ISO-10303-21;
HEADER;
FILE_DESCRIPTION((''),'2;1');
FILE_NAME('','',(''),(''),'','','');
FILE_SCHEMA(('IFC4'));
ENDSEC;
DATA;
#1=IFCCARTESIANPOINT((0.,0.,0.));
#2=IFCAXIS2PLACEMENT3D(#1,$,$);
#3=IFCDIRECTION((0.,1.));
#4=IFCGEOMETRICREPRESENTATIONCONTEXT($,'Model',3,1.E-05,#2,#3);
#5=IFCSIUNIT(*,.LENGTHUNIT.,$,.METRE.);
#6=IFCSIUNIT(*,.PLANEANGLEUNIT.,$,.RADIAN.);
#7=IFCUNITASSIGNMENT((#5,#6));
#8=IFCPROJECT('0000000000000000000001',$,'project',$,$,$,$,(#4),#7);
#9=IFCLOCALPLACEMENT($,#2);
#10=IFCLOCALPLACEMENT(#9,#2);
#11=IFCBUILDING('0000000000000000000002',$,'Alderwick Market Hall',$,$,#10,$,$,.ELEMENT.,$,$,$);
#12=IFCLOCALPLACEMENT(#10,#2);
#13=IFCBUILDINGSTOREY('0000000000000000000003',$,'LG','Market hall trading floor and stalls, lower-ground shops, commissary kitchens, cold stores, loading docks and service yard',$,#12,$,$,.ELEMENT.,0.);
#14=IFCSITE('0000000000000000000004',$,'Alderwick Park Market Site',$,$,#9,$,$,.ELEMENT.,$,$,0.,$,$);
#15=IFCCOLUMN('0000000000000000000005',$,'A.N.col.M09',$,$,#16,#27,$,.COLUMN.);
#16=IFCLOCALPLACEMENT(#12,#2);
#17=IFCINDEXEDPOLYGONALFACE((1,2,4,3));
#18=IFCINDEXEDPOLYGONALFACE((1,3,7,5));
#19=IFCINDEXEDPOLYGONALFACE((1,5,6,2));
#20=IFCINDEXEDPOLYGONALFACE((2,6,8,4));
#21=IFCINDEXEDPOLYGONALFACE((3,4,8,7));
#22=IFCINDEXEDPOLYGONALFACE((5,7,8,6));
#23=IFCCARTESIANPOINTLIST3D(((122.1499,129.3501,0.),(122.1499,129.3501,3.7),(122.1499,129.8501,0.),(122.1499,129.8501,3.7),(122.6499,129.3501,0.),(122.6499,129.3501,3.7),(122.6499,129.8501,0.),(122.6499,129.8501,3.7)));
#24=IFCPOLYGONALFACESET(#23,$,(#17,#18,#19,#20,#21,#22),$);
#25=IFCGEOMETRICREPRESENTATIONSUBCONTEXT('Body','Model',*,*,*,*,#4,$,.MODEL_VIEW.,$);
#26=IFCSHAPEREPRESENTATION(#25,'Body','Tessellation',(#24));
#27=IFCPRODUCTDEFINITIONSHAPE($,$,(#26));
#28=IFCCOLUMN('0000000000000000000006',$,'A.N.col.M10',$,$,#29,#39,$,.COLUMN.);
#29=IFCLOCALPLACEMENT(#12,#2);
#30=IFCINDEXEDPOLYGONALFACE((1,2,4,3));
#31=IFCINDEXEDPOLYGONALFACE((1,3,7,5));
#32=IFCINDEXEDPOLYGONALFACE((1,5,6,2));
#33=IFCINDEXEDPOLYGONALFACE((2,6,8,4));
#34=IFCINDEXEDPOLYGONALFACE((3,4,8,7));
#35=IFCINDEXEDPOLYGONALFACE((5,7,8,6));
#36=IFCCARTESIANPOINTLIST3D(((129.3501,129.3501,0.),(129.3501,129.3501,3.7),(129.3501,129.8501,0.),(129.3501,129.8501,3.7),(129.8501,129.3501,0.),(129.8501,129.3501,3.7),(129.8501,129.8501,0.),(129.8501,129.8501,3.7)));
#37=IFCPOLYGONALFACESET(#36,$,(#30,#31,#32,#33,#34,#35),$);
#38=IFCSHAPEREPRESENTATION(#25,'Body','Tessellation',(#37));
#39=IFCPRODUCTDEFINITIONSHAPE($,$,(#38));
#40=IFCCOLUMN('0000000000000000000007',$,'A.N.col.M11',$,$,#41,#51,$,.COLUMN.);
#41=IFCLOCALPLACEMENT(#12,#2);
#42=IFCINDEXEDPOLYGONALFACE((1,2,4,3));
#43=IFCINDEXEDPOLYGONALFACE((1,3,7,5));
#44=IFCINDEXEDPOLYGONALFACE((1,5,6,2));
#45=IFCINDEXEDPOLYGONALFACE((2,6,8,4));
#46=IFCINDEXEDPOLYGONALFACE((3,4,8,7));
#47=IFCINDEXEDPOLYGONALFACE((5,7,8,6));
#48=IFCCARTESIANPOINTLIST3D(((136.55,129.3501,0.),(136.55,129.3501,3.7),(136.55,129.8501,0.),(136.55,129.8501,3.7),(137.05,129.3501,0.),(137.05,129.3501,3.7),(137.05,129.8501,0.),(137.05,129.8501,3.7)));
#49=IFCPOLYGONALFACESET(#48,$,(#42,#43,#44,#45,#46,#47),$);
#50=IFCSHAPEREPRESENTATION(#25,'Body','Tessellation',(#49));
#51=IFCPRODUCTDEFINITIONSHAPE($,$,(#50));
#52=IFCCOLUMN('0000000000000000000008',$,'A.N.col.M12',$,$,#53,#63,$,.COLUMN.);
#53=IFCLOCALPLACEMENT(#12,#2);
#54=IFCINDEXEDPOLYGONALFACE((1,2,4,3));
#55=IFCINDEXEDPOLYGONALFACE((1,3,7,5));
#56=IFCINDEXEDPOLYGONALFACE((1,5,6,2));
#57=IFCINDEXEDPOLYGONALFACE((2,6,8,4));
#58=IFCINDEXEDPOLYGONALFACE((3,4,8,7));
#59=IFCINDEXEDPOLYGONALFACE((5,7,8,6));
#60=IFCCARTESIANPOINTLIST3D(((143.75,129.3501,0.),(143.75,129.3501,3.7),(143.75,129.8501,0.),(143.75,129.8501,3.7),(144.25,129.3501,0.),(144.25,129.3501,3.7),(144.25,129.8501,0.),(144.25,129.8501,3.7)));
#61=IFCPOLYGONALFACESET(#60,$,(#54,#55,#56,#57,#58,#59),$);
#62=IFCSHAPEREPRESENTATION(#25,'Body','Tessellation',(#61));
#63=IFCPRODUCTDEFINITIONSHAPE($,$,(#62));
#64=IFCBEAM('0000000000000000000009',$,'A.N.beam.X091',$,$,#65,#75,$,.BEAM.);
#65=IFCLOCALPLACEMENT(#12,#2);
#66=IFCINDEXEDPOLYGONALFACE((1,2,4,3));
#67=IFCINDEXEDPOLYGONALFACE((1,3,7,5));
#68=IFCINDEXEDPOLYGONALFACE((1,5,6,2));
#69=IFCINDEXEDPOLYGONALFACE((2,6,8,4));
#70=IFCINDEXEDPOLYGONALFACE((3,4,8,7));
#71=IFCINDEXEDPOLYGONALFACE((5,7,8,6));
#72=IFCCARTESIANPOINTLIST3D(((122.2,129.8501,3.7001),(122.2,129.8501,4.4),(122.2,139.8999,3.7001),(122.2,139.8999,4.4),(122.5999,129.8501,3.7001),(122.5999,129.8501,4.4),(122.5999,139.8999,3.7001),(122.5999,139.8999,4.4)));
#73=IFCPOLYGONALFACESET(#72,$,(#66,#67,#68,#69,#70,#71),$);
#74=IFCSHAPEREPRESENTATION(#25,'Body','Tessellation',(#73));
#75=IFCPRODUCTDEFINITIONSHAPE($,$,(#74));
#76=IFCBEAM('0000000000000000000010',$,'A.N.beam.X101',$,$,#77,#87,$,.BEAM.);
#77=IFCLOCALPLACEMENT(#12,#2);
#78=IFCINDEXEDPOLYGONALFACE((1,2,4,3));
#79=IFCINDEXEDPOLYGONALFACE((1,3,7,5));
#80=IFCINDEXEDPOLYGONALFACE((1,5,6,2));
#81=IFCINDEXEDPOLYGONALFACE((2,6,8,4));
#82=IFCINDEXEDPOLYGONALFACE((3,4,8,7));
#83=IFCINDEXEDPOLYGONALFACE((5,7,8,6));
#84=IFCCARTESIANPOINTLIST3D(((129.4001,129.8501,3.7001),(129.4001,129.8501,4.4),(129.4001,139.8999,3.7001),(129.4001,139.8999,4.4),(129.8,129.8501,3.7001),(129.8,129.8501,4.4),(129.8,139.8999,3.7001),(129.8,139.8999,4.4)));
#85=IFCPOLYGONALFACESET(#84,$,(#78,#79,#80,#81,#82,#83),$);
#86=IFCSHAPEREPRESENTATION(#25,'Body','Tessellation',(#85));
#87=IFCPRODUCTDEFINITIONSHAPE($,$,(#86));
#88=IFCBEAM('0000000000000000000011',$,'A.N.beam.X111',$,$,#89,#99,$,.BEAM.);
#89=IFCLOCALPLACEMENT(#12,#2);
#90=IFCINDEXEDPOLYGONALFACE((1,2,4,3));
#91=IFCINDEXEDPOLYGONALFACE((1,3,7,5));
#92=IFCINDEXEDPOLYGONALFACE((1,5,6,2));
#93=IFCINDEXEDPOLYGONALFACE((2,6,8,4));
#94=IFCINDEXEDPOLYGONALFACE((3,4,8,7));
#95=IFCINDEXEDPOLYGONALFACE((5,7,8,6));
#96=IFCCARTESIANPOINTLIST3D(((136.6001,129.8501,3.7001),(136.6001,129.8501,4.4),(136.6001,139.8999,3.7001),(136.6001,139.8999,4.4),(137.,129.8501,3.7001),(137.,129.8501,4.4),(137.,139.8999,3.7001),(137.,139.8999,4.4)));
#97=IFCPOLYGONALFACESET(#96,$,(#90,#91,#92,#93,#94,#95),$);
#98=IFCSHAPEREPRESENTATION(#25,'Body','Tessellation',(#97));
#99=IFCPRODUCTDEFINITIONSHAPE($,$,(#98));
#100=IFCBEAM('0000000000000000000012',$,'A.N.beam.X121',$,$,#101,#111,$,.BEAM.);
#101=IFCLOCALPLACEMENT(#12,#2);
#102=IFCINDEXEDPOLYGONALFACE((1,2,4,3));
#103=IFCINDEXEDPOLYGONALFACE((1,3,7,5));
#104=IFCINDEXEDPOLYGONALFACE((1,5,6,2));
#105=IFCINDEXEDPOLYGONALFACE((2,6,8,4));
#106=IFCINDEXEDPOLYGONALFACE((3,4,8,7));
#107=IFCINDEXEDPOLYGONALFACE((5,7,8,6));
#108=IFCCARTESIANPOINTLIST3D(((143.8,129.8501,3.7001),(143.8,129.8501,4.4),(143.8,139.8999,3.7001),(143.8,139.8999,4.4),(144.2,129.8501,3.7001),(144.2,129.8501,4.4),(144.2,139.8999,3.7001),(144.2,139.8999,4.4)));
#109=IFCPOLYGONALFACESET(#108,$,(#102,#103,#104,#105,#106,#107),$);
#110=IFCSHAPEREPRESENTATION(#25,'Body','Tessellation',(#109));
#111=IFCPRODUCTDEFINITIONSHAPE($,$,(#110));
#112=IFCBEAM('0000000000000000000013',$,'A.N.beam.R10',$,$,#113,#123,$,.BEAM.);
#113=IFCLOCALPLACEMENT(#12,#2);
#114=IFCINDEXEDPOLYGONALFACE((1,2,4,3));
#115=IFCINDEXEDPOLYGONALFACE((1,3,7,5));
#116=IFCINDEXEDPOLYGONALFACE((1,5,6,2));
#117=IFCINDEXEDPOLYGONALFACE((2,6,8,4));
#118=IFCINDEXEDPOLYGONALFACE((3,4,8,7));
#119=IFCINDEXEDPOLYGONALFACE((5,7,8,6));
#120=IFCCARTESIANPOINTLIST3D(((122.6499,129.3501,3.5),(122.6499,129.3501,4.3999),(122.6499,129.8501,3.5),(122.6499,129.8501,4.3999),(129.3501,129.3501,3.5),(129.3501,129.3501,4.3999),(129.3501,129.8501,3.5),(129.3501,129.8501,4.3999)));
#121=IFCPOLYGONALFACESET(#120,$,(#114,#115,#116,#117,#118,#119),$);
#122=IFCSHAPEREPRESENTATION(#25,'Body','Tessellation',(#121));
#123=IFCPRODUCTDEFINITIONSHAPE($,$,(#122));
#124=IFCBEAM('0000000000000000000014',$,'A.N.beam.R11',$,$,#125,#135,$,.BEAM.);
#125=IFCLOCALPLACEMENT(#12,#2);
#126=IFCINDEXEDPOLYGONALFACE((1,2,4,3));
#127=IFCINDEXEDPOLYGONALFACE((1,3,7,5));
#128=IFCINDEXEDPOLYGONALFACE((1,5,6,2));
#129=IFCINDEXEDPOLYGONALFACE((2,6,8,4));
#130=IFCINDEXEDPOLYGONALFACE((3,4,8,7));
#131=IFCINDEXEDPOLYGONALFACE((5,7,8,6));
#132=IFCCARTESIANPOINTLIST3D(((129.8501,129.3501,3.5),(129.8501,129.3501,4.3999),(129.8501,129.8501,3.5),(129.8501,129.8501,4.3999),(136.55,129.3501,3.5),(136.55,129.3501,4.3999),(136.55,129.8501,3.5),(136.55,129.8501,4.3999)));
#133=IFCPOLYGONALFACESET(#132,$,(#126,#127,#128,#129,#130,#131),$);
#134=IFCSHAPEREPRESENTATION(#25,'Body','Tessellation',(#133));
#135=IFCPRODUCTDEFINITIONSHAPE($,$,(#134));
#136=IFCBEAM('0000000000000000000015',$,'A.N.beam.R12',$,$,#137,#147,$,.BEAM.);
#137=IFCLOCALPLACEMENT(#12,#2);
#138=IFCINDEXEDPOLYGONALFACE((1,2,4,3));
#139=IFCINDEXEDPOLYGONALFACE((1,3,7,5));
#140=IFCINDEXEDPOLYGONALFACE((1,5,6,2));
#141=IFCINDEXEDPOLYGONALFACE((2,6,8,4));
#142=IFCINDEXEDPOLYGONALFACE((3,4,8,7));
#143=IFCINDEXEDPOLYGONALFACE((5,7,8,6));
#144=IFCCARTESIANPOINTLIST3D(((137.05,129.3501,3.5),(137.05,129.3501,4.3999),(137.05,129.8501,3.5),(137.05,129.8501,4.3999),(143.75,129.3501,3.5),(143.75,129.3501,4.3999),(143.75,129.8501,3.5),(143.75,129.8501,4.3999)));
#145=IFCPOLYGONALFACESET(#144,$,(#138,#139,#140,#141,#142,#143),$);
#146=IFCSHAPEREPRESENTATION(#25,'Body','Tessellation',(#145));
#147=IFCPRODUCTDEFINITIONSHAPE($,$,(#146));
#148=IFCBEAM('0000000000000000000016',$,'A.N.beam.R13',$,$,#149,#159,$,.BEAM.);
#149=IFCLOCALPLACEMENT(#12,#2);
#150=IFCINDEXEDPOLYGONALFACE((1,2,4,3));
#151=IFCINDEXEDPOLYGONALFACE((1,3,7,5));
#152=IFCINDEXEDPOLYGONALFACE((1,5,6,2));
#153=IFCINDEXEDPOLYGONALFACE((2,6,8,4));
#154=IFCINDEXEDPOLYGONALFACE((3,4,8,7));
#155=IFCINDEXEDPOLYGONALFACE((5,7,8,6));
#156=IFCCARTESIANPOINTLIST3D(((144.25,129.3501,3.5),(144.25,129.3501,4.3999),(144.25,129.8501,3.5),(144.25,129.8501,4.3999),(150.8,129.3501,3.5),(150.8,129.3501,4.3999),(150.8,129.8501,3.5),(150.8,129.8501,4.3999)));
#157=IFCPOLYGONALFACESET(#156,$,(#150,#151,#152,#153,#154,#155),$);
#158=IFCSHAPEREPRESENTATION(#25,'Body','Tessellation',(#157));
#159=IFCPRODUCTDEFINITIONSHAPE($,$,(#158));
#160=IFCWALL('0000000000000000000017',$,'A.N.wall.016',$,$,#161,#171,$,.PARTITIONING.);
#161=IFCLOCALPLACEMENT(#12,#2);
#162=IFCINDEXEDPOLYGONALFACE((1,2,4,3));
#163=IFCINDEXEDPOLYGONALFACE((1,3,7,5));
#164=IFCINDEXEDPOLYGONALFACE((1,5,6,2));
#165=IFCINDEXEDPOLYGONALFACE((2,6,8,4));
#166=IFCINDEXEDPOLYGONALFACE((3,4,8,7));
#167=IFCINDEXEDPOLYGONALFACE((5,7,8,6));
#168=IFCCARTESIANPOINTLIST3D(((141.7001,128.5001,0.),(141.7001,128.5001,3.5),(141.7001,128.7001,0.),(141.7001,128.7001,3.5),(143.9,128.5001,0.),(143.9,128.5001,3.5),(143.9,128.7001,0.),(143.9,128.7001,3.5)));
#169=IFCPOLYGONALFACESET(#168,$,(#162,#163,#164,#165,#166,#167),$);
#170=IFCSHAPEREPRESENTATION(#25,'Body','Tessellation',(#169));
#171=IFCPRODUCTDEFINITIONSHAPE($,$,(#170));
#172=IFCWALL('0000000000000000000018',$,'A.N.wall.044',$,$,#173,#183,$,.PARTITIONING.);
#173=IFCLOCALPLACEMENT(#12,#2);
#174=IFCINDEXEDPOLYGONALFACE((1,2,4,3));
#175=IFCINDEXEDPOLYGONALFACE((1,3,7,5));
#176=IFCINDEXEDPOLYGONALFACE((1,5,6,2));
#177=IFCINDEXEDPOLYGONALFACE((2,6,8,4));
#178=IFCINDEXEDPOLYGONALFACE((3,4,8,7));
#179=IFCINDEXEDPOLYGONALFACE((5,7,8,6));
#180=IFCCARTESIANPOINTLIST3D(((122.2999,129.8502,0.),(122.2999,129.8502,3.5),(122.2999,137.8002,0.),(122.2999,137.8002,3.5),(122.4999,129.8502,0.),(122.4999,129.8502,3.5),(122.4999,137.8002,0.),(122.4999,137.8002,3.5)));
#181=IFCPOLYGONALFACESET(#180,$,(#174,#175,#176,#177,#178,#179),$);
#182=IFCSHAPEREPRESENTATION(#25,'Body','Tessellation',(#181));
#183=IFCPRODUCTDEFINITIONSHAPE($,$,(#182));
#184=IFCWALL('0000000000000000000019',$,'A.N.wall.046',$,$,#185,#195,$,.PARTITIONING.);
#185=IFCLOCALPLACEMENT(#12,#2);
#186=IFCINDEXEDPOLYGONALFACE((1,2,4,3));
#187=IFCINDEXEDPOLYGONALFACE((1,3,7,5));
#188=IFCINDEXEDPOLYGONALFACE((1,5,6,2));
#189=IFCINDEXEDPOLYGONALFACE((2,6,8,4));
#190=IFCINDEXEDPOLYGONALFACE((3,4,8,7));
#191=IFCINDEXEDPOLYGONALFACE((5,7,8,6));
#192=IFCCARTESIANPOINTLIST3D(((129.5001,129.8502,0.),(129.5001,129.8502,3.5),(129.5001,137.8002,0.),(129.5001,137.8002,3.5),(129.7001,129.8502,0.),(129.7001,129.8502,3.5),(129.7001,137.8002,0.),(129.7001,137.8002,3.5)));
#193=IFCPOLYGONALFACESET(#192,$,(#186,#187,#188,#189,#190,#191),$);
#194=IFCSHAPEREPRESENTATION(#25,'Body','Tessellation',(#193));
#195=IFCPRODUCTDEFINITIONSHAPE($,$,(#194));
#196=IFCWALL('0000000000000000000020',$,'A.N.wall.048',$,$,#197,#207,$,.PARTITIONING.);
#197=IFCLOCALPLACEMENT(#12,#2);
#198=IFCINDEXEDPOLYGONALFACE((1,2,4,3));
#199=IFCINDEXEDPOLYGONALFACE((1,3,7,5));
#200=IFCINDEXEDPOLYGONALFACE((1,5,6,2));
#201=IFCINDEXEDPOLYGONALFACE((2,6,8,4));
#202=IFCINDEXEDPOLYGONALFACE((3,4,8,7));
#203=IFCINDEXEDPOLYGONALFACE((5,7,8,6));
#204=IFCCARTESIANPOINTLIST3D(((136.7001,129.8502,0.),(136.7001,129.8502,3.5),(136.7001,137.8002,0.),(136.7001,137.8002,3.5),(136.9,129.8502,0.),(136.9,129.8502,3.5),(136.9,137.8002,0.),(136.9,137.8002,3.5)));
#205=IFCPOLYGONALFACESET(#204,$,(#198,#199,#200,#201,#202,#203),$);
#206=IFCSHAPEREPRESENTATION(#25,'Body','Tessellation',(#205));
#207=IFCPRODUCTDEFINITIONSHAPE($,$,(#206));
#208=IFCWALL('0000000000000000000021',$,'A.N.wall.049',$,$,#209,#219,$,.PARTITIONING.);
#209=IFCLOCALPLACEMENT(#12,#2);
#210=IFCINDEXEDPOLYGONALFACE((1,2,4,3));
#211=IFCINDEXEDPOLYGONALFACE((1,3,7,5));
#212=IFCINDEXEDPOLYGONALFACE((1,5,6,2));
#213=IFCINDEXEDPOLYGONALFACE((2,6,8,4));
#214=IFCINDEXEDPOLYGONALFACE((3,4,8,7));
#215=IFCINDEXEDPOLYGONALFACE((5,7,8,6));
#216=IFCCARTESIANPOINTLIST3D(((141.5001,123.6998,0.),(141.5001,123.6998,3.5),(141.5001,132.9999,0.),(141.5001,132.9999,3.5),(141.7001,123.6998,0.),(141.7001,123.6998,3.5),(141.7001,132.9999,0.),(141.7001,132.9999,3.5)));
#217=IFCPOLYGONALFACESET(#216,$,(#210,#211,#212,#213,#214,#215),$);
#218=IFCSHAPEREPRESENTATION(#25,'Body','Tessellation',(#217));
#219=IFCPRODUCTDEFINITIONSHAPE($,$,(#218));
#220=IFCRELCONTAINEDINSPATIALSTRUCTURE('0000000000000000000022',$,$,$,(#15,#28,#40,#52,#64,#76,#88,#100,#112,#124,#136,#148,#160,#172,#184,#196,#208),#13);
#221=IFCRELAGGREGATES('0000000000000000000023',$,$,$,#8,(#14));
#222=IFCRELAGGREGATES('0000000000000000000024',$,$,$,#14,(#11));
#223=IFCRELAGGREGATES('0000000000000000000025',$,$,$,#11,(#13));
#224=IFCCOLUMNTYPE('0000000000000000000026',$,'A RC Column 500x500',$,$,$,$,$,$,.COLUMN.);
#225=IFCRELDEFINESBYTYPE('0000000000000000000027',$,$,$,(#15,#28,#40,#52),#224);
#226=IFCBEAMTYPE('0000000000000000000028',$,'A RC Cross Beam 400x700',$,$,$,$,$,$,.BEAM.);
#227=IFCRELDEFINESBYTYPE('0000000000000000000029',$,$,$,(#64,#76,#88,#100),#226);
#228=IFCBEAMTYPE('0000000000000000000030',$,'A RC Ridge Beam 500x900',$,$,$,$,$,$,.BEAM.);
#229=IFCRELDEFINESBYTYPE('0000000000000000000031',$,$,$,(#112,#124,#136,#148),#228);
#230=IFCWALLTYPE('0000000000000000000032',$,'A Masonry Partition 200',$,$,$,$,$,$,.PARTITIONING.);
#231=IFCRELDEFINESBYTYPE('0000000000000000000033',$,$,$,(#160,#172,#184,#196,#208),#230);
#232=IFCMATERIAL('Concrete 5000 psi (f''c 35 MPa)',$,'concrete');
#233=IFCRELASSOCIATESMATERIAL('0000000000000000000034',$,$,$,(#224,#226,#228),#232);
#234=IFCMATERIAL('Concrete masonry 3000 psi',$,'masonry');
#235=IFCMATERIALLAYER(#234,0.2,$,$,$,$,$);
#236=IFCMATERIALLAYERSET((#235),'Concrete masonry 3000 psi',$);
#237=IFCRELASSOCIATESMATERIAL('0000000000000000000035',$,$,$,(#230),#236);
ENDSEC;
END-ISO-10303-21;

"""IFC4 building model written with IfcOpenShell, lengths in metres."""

from ifc_helpers import new_model, si_unit, direction, frame, frame_2d, origin, origin_2d, place, context, subcontext, project, spatial, rectangle, extrude, material, layer, layer_set, material_profile, profile_set, type_object, element, save


model = new_model("IFC4")

# Units and contexts
model_context = context("Model", 3, precision=1e-05, world=origin(), true_north=direction((0.0, 1.0)))
body_context = subcontext(model_context, "Body", "Model", "MODEL_VIEW")
ifc_project = project(units=[si_unit("LENGTHUNIT", "METRE"), si_unit("PLANEANGLEUNIT", "RADIAN")], contexts=[model_context])

# Site, building, storey
site_placement = place(None, origin())
site = spatial("IfcSite", under=ifc_project, at=site_placement, Name="Alderwick Park Market Site", CompositionType="ELEMENT", RefElevation=0.0)
building_placement = place(site_placement, origin())
building = spatial("IfcBuilding", under=site, at=building_placement, Name="Alderwick Market Hall", CompositionType="ELEMENT")
storey_placement = place(building_placement, origin())
storey = spatial("IfcBuildingStorey", under=building, at=storey_placement, Name="LG", Description="Market hall trading floor and stalls, lower-ground shops, commissary kitchens, cold stores, loading docks and service yard", CompositionType="ELEMENT", Elevation=0.0)

# Columns
ifc_material_1 = material(Name="Concrete 5000 psi (f'c 35 MPa)", Category="concrete")
ifc_material_profile_1 = material_profile(ifc_material_1, rectangle(XDim=0.5, YDim=0.5, at=origin_2d()), Name="A RC Column 500x500")
ifc_profile_set_1 = profile_set([ifc_material_profile_1], Name="Concrete 5000 psi (f'c 35 MPa)")
column_type = type_object("IfcColumnType", Name="A RC Column 500x500", PredefinedType="COLUMN", material=ifc_profile_set_1)
for number, where, z_axis, x_axis, name in (
    (1, (122.3999, 129.6001, 0.0), (0.0, 0.0, 1.0), (1.0, 0.0, 0.0), "A.N.col.M09"),
    (2, (129.6001, 129.6001, 0.0), (0.0, 0.0, 1.0), (1.0, 0.0, 0.0), "A.N.col.M10"),
    (3, (136.8, 129.6001, 0.0), (0.0, 0.0, 1.0), (1.0, 0.0, 0.0), "A.N.col.M11"),
    (4, (144.0, 129.6001, 0.0), (0.0, 0.0, 1.0), (1.0, 0.0, 0.0), "A.N.col.M12"),
):
    element("IfcColumn", number, at=place(storey_placement, frame(where, z_axis=z_axis, x_axis=x_axis)), inside=storey, type_object=column_type, Name=name, PredefinedType="COLUMN", context=body_context, shape_type="SweptSolid", body=[
        extrude(rectangle(XDim=0.5, YDim=0.5, at=origin_2d()), origin(), (0.0, 0.0, 1.0), 3.7),
    ])

# Beams
ifc_material_profile_2 = material_profile(ifc_material_1, rectangle(XDim=0.3999, YDim=0.7, at=origin_2d()), Name="A RC Cross Beam 400x700")
ifc_profile_set_2 = profile_set([ifc_material_profile_2], Name="Concrete 5000 psi (f'c 35 MPa)")
beam_type_1 = type_object("IfcBeamType", Name="A RC Cross Beam 400x700", PredefinedType="BEAM", material=ifc_profile_set_2)
for number, where, z_axis, x_axis, name in (
    (5, (122.3999, 129.8501, 4.05), (0.0, 1.0, 0.0), (-1.0, 0.0, 0.0), "A.N.beam.X091"),
    (6, (129.6001, 129.8501, 4.05), (0.0, 1.0, 0.0), (-1.0, 0.0, 0.0), "A.N.beam.X101"),
    (7, (136.8, 129.8501, 4.05), (0.0, 1.0, 0.0), (-1.0, 0.0, 0.0), "A.N.beam.X111"),
    (8, (144.0, 129.8501, 4.05), (0.0, 1.0, 0.0), (-1.0, 0.0, 0.0), "A.N.beam.X121"),
):
    element("IfcBeam", number, at=place(storey_placement, frame(where, z_axis=z_axis, x_axis=x_axis)), inside=storey, type_object=beam_type_1, Name=name, PredefinedType="BEAM", context=body_context, shape_type="SweptSolid", body=[
        extrude(rectangle(XDim=0.3999, YDim=0.7, at=origin_2d()), origin(), (0.0, 0.0, 1.0), 10.0498),
    ])
ifc_material_profile_3 = material_profile(ifc_material_1, rectangle(XDim=0.5, YDim=0.8999, at=origin_2d()), Name="A RC Ridge Beam 500x900")
ifc_profile_set_3 = profile_set([ifc_material_profile_3], Name="Concrete 5000 psi (f'c 35 MPa)")
beam_type_2 = type_object("IfcBeamType", Name="A RC Ridge Beam 500x900", PredefinedType="BEAM", material=ifc_profile_set_3)
beam_1_placement = place(storey_placement, frame((122.6499, 129.6001, 3.95), z_axis=(1.0, 0.0, 0.0), x_axis=(0.0, 1.0, 0.0)))
element("IfcBeam", 9, at=beam_1_placement, inside=storey, type_object=beam_type_2, Name="A.N.beam.R10", PredefinedType="BEAM", context=body_context, shape_type="SweptSolid", body=[
    extrude(rectangle(XDim=0.5, YDim=0.8999, at=origin_2d()), origin(), (0.0, 0.0, 1.0), 6.7002),
])
for number, where, z_axis, x_axis, name in (
    (10, (129.8501, 129.6001, 3.95), (1.0, 0.0, 0.0), (0.0, 1.0, 0.0), "A.N.beam.R11"),
    (11, (137.05, 129.6001, 3.95), (1.0, 0.0, 0.0), (0.0, 1.0, 0.0), "A.N.beam.R12"),
):
    element("IfcBeam", number, at=place(storey_placement, frame(where, z_axis=z_axis, x_axis=x_axis)), inside=storey, type_object=beam_type_2, Name=name, PredefinedType="BEAM", context=body_context, shape_type="SweptSolid", body=[
        extrude(rectangle(XDim=0.5, YDim=0.8999, at=origin_2d()), origin(), (0.0, 0.0, 1.0), 6.7),
    ])
beam_2_placement = place(storey_placement, frame((144.25, 129.6001, 3.95), z_axis=(1.0, 0.0, 0.0), x_axis=(0.0, 1.0, 0.0)))
element("IfcBeam", 12, at=beam_2_placement, inside=storey, type_object=beam_type_2, Name="A.N.beam.R13", PredefinedType="BEAM", context=body_context, shape_type="SweptSolid", body=[
    extrude(rectangle(XDim=0.5, YDim=0.8999, at=origin_2d()), origin(), (0.0, 0.0, 1.0), 6.55),
])

# Walls
ifc_material_2 = material(Name="Concrete masonry 3000 psi", Category="masonry")
ifc_layer_1 = layer(ifc_material_2, 0.2)
ifc_layer_set_1 = layer_set([ifc_layer_1], Name="Concrete masonry 3000 psi")
wall_type_1 = type_object("IfcWallType", Name="A Masonry Partition 200", PredefinedType="PARTITIONING", material=ifc_layer_set_1)
wall_1_placement = place(storey_placement, frame((141.7, 128.6001, 0.0), z_axis=(0.0, 0.0, 1.0), x_axis=(1.0, 0.0, 0.0)))
element("IfcWall", 13, at=wall_1_placement, inside=storey, type_object=wall_type_1, Name="A.N.wall.016", PredefinedType="PARTITIONING", context=body_context, shape_type="SweptSolid", body=[
    extrude(rectangle(XDim=2.2, YDim=0.2, at=frame_2d((1.1001, 0.0))), origin(), (0.0, 0.0, 1.0), 3.5),
])
for number, where, z_axis, x_axis, name in (
    (14, (122.3999, 129.8501, 0.0), (0.0, 0.0, 1.0), (0.0, 1.0, 0.0), "A.N.wall.044"),
    (15, (129.6001, 129.8501, 0.0), (0.0, 0.0, 1.0), (0.0, 1.0, 0.0), "A.N.wall.046"),
    (16, (136.8, 129.8501, 0.0), (0.0, 0.0, 1.0), (0.0, 1.0, 0.0), "A.N.wall.048"),
):
    element("IfcWall", number, at=place(storey_placement, frame(where, z_axis=z_axis, x_axis=x_axis)), inside=storey, type_object=wall_type_1, Name=name, PredefinedType="PARTITIONING", context=body_context, shape_type="SweptSolid", body=[
        extrude(rectangle(XDim=7.95, YDim=0.2, at=frame_2d((3.9751, 0.0))), origin(), (0.0, 0.0, 1.0), 3.5),
    ])
wall_2_placement = place(storey_placement, frame((141.6001, 123.7, 0.0), z_axis=(0.0, 0.0, 1.0), x_axis=(0.0, 1.0, 0.0)))
element("IfcWall", 17, at=wall_2_placement, inside=storey, type_object=wall_type_1, Name="A.N.wall.049", PredefinedType="PARTITIONING", context=body_context, shape_type="SweptSolid", body=[
    extrude(rectangle(XDim=9.3, YDim=0.2, at=frame_2d((4.6499, 0.0))), origin(), (0.0, 0.0, 1.0), 3.5),
])

save(model, "model.ifc")
